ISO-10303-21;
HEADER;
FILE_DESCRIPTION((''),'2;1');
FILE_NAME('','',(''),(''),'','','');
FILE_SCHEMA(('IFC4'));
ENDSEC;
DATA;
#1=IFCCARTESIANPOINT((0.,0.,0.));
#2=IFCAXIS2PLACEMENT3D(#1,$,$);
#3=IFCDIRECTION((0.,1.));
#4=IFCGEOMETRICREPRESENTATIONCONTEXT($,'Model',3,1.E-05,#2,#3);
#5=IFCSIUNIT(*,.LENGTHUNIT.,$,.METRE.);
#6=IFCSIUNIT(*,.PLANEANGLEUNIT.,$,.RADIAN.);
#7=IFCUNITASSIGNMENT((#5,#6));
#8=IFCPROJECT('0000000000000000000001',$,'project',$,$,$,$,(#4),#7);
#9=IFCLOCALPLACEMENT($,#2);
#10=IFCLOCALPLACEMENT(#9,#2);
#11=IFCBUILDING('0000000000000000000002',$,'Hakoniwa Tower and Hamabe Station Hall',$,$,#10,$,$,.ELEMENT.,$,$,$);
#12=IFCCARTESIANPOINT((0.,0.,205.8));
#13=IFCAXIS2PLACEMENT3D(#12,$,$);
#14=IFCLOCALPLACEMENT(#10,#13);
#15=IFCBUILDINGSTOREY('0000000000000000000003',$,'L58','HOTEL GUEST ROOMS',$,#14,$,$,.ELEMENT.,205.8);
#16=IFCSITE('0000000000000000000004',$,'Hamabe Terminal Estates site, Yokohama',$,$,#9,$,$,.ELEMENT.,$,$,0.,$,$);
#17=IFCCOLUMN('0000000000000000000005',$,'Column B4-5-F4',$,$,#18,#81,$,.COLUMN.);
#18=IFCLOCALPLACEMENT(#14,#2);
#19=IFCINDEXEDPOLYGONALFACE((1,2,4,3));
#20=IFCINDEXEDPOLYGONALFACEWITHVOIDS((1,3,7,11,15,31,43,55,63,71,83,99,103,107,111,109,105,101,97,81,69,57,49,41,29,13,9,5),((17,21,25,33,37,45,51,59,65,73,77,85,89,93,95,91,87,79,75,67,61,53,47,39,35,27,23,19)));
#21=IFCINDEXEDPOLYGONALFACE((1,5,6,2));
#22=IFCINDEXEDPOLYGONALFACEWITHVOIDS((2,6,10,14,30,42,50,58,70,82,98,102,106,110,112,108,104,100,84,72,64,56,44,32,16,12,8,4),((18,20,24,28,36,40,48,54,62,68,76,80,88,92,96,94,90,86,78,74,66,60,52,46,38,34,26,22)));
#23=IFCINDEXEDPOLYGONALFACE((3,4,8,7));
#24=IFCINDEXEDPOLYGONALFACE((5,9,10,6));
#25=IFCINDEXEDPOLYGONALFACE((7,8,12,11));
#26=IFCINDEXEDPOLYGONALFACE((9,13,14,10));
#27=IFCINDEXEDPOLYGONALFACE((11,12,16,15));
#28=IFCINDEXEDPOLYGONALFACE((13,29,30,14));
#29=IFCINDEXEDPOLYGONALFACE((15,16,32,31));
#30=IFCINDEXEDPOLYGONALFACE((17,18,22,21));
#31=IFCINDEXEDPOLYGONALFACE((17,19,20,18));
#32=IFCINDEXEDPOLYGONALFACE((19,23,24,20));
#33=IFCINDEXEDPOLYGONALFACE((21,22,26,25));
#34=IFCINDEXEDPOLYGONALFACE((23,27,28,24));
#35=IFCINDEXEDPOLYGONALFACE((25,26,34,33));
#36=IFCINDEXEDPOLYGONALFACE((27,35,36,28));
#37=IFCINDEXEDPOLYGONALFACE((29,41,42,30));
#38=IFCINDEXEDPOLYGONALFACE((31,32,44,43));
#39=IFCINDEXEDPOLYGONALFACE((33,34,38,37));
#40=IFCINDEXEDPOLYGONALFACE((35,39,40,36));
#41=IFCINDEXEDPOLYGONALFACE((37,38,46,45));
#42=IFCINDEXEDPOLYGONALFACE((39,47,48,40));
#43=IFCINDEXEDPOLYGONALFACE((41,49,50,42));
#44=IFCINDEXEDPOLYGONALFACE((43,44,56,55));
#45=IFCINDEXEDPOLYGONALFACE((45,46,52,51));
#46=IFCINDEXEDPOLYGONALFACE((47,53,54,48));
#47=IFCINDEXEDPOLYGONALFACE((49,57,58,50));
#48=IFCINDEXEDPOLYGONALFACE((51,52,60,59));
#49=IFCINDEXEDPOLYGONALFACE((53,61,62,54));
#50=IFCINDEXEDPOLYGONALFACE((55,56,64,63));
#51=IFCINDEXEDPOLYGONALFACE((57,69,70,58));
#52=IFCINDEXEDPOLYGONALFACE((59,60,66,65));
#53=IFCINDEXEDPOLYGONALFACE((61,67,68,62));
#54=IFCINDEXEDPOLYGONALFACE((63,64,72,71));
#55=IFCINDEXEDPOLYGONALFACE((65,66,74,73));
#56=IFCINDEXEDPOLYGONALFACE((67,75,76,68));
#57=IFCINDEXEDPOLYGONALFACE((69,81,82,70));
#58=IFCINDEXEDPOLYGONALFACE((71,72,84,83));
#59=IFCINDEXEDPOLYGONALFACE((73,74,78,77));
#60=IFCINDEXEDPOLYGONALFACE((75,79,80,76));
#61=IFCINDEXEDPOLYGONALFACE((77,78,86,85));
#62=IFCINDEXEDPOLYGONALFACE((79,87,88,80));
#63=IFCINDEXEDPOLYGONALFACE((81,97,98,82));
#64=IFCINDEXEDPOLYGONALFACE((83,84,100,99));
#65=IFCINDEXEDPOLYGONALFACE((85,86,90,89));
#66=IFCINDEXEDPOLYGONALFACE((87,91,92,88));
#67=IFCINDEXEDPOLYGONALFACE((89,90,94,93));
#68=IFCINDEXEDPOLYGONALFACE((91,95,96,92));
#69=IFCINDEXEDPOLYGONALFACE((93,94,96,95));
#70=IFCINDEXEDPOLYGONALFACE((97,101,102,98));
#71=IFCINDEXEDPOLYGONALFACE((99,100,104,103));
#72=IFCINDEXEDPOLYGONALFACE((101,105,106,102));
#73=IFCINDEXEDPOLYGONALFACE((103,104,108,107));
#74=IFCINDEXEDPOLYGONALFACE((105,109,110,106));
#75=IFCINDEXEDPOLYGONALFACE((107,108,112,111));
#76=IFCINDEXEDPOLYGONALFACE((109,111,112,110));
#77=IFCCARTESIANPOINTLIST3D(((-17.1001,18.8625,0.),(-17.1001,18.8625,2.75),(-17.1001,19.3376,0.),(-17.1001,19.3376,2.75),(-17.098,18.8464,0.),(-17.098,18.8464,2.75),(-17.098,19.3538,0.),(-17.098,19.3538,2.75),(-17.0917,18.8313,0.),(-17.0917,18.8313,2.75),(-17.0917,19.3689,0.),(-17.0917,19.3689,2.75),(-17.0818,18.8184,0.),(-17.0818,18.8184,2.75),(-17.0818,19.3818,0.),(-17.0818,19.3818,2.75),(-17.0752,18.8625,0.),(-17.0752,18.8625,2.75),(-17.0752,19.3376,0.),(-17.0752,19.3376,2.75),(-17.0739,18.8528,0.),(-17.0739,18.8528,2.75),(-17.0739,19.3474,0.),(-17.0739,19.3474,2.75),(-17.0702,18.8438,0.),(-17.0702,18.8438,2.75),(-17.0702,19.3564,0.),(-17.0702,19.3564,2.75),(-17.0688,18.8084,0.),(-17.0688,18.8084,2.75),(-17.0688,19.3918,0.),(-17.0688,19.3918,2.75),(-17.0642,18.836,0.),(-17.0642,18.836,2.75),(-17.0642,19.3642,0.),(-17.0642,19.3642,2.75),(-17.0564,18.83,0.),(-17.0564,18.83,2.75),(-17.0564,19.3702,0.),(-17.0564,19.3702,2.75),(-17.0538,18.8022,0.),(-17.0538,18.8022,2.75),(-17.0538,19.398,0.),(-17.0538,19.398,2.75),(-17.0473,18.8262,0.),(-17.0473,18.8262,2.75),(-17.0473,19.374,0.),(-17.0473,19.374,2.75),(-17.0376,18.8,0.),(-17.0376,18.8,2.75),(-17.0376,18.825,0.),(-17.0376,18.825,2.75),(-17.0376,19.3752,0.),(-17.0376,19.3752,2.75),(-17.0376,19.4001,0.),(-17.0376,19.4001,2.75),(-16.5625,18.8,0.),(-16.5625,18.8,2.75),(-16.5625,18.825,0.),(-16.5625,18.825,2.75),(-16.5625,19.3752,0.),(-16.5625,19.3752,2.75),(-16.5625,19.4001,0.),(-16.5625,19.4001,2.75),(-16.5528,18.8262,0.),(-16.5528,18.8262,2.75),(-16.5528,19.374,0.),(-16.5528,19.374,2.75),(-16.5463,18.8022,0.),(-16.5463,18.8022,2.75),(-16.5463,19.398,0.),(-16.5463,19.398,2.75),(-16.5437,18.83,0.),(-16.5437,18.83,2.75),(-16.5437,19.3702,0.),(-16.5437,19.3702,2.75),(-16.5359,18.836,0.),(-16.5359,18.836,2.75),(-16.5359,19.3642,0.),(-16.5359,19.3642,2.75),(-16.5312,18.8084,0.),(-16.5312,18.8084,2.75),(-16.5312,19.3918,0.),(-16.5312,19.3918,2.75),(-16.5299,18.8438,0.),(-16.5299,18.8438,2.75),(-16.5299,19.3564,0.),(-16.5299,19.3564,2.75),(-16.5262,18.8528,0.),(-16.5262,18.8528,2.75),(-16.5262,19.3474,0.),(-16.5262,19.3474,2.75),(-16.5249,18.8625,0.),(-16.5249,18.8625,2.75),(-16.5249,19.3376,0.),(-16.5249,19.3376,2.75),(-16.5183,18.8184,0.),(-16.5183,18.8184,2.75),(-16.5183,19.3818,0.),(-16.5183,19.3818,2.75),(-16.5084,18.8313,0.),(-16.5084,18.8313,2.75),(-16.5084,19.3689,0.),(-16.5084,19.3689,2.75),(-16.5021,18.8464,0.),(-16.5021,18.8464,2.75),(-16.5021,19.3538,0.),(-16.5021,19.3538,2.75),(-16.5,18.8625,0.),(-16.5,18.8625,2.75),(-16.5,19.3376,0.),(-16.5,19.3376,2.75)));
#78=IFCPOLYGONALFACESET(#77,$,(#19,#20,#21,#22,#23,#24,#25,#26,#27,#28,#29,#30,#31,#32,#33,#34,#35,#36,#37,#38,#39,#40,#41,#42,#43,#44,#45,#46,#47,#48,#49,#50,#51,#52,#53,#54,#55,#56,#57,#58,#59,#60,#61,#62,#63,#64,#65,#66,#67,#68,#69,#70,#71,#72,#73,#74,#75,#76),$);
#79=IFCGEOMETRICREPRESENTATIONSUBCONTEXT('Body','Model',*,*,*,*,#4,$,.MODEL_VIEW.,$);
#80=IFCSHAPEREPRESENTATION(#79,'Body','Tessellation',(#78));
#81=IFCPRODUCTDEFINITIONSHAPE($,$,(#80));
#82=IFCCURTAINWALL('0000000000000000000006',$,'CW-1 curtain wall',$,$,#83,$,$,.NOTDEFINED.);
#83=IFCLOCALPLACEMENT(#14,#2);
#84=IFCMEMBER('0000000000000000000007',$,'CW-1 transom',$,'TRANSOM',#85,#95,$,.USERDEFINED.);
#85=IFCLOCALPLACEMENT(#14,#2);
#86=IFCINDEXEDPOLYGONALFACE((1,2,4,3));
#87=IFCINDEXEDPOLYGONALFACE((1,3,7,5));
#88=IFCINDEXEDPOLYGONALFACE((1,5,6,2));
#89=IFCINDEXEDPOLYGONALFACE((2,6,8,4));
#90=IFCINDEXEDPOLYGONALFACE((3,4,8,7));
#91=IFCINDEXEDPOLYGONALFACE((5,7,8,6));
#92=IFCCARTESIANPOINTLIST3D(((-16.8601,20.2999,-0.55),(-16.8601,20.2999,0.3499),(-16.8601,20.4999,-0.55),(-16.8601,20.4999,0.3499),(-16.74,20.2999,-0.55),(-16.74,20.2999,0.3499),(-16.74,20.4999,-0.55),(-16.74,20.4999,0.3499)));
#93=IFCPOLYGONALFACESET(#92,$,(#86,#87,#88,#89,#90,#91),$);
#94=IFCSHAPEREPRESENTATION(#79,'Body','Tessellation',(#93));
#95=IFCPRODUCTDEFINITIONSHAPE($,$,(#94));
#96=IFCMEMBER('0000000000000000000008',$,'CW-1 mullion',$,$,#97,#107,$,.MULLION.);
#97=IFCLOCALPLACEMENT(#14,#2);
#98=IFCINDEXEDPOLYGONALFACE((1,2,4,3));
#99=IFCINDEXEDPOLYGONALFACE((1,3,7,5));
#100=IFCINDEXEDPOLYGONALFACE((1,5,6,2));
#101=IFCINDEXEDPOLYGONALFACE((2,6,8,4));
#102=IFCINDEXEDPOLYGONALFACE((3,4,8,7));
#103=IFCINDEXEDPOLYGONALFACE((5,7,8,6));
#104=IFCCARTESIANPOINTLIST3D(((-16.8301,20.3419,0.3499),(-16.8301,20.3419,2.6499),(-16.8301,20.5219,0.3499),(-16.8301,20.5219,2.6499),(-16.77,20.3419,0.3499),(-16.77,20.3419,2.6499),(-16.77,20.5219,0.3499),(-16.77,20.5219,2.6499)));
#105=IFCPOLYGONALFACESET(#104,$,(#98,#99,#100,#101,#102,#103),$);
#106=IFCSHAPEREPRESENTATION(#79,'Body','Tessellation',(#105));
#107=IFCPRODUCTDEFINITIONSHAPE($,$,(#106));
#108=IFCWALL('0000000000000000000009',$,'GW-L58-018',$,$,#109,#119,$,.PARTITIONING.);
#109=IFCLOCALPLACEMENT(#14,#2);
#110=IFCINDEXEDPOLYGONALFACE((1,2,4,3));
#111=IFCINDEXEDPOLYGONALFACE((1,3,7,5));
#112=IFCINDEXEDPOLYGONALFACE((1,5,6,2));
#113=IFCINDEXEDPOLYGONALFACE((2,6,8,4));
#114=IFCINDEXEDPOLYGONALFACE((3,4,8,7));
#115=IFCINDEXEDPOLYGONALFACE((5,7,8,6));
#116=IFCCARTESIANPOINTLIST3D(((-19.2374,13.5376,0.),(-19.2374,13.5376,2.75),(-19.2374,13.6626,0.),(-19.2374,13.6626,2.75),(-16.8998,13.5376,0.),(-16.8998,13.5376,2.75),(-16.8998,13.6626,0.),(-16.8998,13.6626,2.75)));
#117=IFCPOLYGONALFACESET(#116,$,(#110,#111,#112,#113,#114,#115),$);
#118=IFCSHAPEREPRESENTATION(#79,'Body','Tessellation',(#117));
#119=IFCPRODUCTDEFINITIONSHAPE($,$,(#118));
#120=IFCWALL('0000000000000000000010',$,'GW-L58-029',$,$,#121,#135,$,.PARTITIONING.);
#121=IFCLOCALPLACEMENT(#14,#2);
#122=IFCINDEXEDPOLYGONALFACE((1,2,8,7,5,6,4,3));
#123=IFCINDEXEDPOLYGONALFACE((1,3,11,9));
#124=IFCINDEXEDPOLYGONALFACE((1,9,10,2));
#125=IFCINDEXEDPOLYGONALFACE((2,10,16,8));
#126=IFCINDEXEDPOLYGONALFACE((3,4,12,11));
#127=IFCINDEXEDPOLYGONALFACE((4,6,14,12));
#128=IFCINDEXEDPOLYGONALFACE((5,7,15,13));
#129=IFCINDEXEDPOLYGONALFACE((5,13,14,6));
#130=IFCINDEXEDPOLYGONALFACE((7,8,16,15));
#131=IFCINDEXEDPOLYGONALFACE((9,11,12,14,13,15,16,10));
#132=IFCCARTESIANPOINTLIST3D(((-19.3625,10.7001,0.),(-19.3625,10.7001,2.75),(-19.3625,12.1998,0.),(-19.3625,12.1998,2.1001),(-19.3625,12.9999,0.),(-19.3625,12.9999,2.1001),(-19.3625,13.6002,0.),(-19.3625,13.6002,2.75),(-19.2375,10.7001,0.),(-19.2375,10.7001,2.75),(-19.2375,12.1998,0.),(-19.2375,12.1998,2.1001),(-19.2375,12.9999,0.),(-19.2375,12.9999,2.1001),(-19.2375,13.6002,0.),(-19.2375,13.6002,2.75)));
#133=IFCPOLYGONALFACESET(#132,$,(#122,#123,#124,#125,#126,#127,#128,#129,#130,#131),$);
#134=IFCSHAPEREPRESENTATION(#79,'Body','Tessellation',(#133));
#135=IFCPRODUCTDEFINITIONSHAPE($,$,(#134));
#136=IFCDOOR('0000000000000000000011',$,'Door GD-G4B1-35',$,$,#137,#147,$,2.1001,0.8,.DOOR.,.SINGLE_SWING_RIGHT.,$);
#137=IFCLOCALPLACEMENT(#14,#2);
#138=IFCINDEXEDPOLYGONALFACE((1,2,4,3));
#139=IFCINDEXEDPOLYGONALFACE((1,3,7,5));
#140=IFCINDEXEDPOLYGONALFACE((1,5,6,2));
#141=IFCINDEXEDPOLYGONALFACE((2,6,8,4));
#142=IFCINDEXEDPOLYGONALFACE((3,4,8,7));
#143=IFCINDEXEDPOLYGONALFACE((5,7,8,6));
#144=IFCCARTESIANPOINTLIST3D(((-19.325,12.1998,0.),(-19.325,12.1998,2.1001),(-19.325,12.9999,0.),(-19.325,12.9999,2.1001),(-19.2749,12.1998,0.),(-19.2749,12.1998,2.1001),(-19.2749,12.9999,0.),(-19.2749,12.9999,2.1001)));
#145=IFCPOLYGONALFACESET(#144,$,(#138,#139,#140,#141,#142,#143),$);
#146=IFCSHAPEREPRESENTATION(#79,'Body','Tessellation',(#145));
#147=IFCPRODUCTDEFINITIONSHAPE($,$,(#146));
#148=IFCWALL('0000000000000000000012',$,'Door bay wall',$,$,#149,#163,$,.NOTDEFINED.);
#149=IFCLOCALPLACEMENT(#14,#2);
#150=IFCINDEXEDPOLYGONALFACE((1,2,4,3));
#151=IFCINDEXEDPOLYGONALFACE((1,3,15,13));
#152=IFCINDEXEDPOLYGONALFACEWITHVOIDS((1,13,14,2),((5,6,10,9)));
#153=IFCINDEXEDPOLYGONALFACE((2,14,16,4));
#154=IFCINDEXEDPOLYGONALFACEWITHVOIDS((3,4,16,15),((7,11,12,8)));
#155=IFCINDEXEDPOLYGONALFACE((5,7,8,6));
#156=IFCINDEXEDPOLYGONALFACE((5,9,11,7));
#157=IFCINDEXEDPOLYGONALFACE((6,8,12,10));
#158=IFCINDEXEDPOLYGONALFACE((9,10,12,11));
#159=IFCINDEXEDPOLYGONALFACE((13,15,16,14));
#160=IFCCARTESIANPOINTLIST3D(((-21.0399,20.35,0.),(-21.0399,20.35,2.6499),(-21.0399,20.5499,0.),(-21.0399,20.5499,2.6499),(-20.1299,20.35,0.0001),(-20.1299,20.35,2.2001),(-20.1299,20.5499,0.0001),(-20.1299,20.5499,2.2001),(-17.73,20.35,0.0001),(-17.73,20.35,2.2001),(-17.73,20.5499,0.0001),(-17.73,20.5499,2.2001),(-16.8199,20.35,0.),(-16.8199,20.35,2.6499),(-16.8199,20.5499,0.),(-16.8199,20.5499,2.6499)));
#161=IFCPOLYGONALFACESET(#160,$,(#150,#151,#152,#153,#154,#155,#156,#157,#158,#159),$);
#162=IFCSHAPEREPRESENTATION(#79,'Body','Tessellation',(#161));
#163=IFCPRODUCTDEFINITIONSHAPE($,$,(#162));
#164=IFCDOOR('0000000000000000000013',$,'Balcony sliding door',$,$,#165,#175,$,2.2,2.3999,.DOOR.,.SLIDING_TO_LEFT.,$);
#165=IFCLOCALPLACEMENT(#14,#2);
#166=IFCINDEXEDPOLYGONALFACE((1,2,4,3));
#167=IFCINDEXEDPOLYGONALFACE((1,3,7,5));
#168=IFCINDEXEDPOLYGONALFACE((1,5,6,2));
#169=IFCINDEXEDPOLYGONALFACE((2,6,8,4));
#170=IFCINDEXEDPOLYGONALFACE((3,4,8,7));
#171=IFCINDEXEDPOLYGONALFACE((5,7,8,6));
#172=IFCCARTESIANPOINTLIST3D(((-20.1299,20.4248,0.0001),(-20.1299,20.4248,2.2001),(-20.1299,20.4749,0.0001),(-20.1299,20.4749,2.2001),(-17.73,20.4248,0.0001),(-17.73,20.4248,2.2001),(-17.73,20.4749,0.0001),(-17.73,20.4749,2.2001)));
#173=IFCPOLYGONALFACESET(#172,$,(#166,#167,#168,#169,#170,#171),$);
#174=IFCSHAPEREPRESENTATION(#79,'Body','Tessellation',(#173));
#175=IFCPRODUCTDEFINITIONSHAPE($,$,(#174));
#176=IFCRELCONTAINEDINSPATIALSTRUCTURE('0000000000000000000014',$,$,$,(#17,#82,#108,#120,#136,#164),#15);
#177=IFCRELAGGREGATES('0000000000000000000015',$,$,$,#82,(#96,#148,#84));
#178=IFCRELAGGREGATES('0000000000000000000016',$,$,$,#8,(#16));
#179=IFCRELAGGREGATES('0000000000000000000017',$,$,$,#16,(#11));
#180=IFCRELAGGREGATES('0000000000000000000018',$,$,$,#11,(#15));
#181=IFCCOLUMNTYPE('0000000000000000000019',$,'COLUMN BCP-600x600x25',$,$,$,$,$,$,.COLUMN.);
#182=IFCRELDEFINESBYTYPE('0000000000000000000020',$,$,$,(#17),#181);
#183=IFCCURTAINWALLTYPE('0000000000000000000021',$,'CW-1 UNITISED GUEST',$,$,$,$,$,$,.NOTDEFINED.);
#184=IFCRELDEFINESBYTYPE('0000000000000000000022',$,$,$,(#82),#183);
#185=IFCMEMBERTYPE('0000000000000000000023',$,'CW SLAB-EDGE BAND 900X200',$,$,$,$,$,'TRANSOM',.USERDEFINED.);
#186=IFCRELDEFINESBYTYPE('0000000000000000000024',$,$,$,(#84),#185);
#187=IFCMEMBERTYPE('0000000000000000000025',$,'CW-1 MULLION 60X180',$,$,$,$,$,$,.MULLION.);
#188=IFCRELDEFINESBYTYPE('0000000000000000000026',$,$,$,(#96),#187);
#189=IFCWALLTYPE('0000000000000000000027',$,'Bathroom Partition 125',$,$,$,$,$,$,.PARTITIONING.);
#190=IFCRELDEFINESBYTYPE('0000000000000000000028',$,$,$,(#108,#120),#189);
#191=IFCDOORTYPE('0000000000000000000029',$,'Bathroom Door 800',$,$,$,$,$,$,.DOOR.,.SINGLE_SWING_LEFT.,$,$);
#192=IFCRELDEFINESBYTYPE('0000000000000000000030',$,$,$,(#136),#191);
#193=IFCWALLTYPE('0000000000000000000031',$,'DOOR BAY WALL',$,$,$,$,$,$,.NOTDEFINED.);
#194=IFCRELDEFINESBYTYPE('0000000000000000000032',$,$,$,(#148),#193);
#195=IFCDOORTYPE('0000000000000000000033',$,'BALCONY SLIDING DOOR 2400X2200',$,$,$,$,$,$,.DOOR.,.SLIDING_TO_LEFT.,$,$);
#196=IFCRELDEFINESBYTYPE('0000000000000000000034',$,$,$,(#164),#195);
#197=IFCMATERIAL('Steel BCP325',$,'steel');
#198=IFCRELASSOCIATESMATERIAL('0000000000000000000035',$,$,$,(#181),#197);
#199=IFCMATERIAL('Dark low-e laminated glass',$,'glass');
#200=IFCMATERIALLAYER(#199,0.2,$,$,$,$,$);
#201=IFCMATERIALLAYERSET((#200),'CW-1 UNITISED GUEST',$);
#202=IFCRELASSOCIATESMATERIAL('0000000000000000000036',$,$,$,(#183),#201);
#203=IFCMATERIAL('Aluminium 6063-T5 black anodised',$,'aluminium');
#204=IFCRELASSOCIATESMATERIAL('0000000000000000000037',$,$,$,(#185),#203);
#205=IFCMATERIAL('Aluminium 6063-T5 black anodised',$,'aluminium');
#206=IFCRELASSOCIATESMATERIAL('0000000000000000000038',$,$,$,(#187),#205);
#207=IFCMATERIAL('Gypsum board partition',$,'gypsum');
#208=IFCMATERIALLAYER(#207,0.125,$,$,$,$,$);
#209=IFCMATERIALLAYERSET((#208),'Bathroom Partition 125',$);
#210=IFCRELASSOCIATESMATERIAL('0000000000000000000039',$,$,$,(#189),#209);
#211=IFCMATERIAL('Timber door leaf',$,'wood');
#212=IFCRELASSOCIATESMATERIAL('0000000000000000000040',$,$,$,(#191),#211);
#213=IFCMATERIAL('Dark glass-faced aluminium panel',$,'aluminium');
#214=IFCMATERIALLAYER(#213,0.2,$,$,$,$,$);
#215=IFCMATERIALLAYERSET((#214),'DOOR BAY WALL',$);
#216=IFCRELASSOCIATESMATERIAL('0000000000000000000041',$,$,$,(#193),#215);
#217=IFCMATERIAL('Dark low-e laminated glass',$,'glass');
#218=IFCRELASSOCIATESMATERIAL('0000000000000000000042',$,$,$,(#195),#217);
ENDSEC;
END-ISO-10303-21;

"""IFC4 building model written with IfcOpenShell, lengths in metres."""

from ifc_helpers import new_model, si_unit, direction, frame, frame_2d, origin, origin_2d, place, context, subcontext, project, spatial, rectangle, hollow_rectangle, extrude, material, layer, layer_set, material_profile, profile_set, type_object, element, fill, aggregate, save


model = new_model("IFC4")

# Units and contexts
model_context = context("Model", 3, precision=1e-05, world=origin(), true_north=direction((0.0, 1.0)))
body_context = subcontext(model_context, "Body", "Model", "MODEL_VIEW")
ifc_project = project(units=[si_unit("LENGTHUNIT", "METRE"), si_unit("PLANEANGLEUNIT", "RADIAN")], contexts=[model_context])

# Site, building, storey
site_placement = place(None, origin())
site = spatial("IfcSite", under=ifc_project, at=site_placement, Name="Hamabe Terminal Estates site, Yokohama", CompositionType="ELEMENT", RefElevation=0.0)
building_placement = place(site_placement, origin())
building = spatial("IfcBuilding", under=site, at=building_placement, Name="Hakoniwa Tower and Hamabe Station Hall", CompositionType="ELEMENT")
storey_placement = place(building_placement, frame((0.0, 0.0, 205.8)))
storey = spatial("IfcBuildingStorey", under=building, at=storey_placement, Name="L58", Description="HOTEL GUEST ROOMS", CompositionType="ELEMENT", Elevation=205.8)

# Column
ifc_material_1 = material(Name="Steel BCP325", Category="steel")
ifc_material_profile_1 = material_profile(ifc_material_1, hollow_rectangle(XDim=0.6001, YDim=0.6001, WallThickness=0.0249, InnerFilletRadius=0.0376, OuterFilletRadius=0.0625, at=origin_2d()), Name="BCP-600x600x25")
ifc_profile_set_1 = profile_set([ifc_material_profile_1], Name="Steel BCP325")
column_type = type_object("IfcColumnType", Name="COLUMN BCP-600x600x25", PredefinedType="COLUMN", material=ifc_profile_set_1)
column_placement = place(storey_placement, frame((-16.8, 19.1001, 0.0), z_axis=(0.0, 0.0, 1.0), x_axis=(1.0, 0.0, 0.0)))
element("IfcColumn", 1, at=column_placement, inside=storey, type_object=column_type, Name="Column B4-5-F4", PredefinedType="COLUMN", context=body_context, shape_type="SweptSolid", body=[
    extrude(hollow_rectangle(XDim=0.6001, YDim=0.6001, WallThickness=0.0249, InnerFilletRadius=0.0376, OuterFilletRadius=0.0625, at=origin_2d()), origin(), (0.0, 0.0, 1.0), 2.75),
])

# Curtain wall, members
ifc_material_2 = material(Name="Dark low-e laminated glass", Category="glass")
ifc_layer_1 = layer(ifc_material_2, 0.2)
ifc_layer_set_1 = layer_set([ifc_layer_1], Name="CW-1 UNITISED GUEST")
curtain_wall_type = type_object("IfcCurtainWallType", Name="CW-1 UNITISED GUEST", PredefinedType="NOTDEFINED", material=ifc_layer_set_1)
curtain_wall_placement = place(storey_placement, origin())
curtain_wall = element("IfcCurtainWall", 2, at=curtain_wall_placement, inside=storey, type_object=curtain_wall_type, Name="CW-1 curtain wall", PredefinedType="NOTDEFINED")
ifc_material_3 = material(Name="Aluminium 6063-T5 black anodised", Category="aluminium")
ifc_material_profile_2 = material_profile(ifc_material_3, rectangle(XDim=0.2, YDim=0.8999, at=origin_2d()), Name="CW SLAB-EDGE BAND 900X200")
ifc_profile_set_2 = profile_set([ifc_material_profile_2], Name="Aluminium 6063-T5 black anodised")
member_type_1 = type_object("IfcMemberType", Name="CW SLAB-EDGE BAND 900X200", ElementType="TRANSOM", PredefinedType="USERDEFINED", material=ifc_profile_set_2)
member_1_placement = place(storey_placement, frame((-16.74, 20.3999, -0.1001), z_axis=(-1.0, 0.0, 0.0), x_axis=(0.0, -1.0, 0.0)))
member_1 = element("IfcMember", 3, at=member_1_placement, type_object=member_type_1, Name="CW-1 transom", ObjectType="TRANSOM", PredefinedType="USERDEFINED", context=body_context, shape_type="SweptSolid", body=[
    extrude(rectangle(XDim=0.2, YDim=0.8999, at=origin_2d()), origin(), (0.0, 0.0, 1.0), 0.1201),
])
ifc_material_4 = material(Name="Aluminium 6063-T5 black anodised", Category="aluminium")
ifc_material_profile_3 = material_profile(ifc_material_4, rectangle(XDim=0.0601, YDim=0.1799, at=origin_2d()), Name="CW-1 MULLION 60X180")
ifc_profile_set_3 = profile_set([ifc_material_profile_3], Name="Aluminium 6063-T5 black anodised")
member_type_2 = type_object("IfcMemberType", Name="CW-1 MULLION 60X180", PredefinedType="MULLION", material=ifc_profile_set_3)
member_2_placement = place(storey_placement, frame((-16.8, 20.4319, 0.3499), z_axis=(0.0, 0.0, 1.0), x_axis=(-1.0, 0.0, 0.0)))
member_2 = element("IfcMember", 4, at=member_2_placement, type_object=member_type_2, Name="CW-1 mullion", PredefinedType="MULLION", context=body_context, shape_type="SweptSolid", body=[
    extrude(rectangle(XDim=0.0601, YDim=0.1799, at=origin_2d()), origin(), (0.0, 0.0, 1.0), 2.3),
])

# Wall
ifc_material_5 = material(Name="Gypsum board partition", Category="gypsum")
ifc_layer_2 = layer(ifc_material_5, 0.125)
ifc_layer_set_2 = layer_set([ifc_layer_2], Name="Bathroom Partition 125")
wall_type_1 = type_object("IfcWallType", Name="Bathroom Partition 125", PredefinedType="PARTITIONING", material=ifc_layer_set_2)
wall_1_placement = place(storey_placement, frame((-19.2375, 13.6001, 0.0), z_axis=(0.0, 0.0, 1.0), x_axis=(1.0, 0.0, 0.0)))
element("IfcWall", 5, at=wall_1_placement, inside=storey, type_object=wall_type_1, Name="GW-L58-018", PredefinedType="PARTITIONING", context=body_context, shape_type="SweptSolid", body=[
    extrude(rectangle(XDim=2.3376, YDim=0.125, at=frame_2d((1.1689, 0.0))), origin(), (0.0, 0.0, 1.0), 2.75),
])

# Walls, openings, doors
wall_2_placement = place(storey_placement, frame((-19.3, 10.7, 0.0), z_axis=(0.0, 0.0, 1.0), x_axis=(0.0, 1.0, 0.0)))
wall_2 = element("IfcWall", 6, at=wall_2_placement, inside=storey, type_object=wall_type_1, Name="GW-L58-029", PredefinedType="PARTITIONING", context=body_context, shape_type="SweptSolid", body=[
    extrude(rectangle(XDim=2.9001, YDim=0.125, at=frame_2d((1.4502, 0.0))), origin(), (0.0, 0.0, 1.0), 2.75),
])
opening_1_placement = place(wall_2_placement, frame((1.5, 0.0, 0.0)))
opening_1 = element("IfcOpeningElement", 7, at=opening_1_placement, cuts=wall_2, PredefinedType="OPENING", context=body_context, shape_type="SweptSolid", body=[
    extrude(rectangle(XDim=0.8, YDim=2.1001, at=frame_2d((0.3999, 1.05))), frame((0.0, 0.0725, 0.0), z_axis=(0.0, -1.0, 0.0), x_axis=(1.0, 0.0, 0.0)), (0.0, 0.0, 1.0), 0.145),
])
ifc_material_6 = material(Name="Timber door leaf", Category="wood")
door_type_1 = type_object("IfcDoorType", Name="Bathroom Door 800", OperationType="SINGLE_SWING_LEFT", PredefinedType="DOOR", material=ifc_material_6)
door_1_placement = place(opening_1_placement, origin())
door_1 = element("IfcDoor", 8, at=door_1_placement, inside=storey, type_object=door_type_1, Name="Door GD-G4B1-35", OperationType="SINGLE_SWING_RIGHT", OverallHeight=2.1001, OverallWidth=0.8, PredefinedType="DOOR", context=body_context, shape_type="SweptSolid", body=[
    extrude(rectangle(XDim=0.8, YDim=2.1001, at=frame_2d((0.3999, 1.05))), frame((0.0, 0.0249, 0.0), z_axis=(0.0, -1.0, 0.0), x_axis=(1.0, 0.0, 0.0)), (0.0, 0.0, 1.0), 0.05),
])
fill(opening_1, door_1)
ifc_material_7 = material(Name="Dark glass-faced aluminium panel", Category="aluminium")
ifc_layer_3 = layer(ifc_material_7, 0.2)
ifc_layer_set_3 = layer_set([ifc_layer_3], Name="DOOR BAY WALL")
wall_type_2 = type_object("IfcWallType", Name="DOOR BAY WALL", PredefinedType="NOTDEFINED", material=ifc_layer_set_3)
wall_3_placement = place(storey_placement, frame((-16.8201, 20.45, 0.0), z_axis=(0.0, 0.0, 1.0), x_axis=(-1.0, 0.0, 0.0)))
wall_3 = element("IfcWall", 9, at=wall_3_placement, type_object=wall_type_2, Name="Door bay wall", PredefinedType="NOTDEFINED", context=body_context, shape_type="SweptSolid", body=[
    extrude(rectangle(XDim=4.22, YDim=0.2, at=frame_2d((2.1099, 0.0))), origin(), (0.0, 0.0, 1.0), 2.6499),
])
opening_2_placement = place(wall_3_placement, frame((0.9099, 0.0, 0.0)))
opening_2 = element("IfcOpeningElement", 10, at=opening_2_placement, cuts=wall_3, PredefinedType="OPENING", context=body_context, shape_type="SweptSolid", body=[
    extrude(rectangle(XDim=2.3999, YDim=2.2, at=frame_2d((1.2, 1.1001))), frame((0.0, 0.1099, 0.0), z_axis=(0.0, -1.0, 0.0), x_axis=(1.0, 0.0, 0.0)), (0.0, 0.0, 1.0), 0.22),
])
ifc_material_8 = material(Name="Dark low-e laminated glass", Category="glass")
door_type_2 = type_object("IfcDoorType", Name="BALCONY SLIDING DOOR 2400X2200", OperationType="SLIDING_TO_LEFT", PredefinedType="DOOR", material=ifc_material_8)
door_2_placement = place(opening_2_placement, frame((2.3999, 0.0, 0.0), z_axis=(0.0, 0.0, 1.0), x_axis=(-1.0, 0.0, 0.0)))
door_2 = element("IfcDoor", 11, at=door_2_placement, inside=storey, type_object=door_type_2, Name="Balcony sliding door", OperationType="SLIDING_TO_LEFT", OverallHeight=2.2, OverallWidth=2.3999, PredefinedType="DOOR", context=body_context, shape_type="SweptSolid", body=[
    extrude(rectangle(XDim=2.3999, YDim=2.2, at=frame_2d((1.2, 1.1001))), frame((0.0, 0.0249, 0.0), z_axis=(0.0, -1.0, 0.0), x_axis=(1.0, 0.0, 0.0)), (0.0, 0.0, 1.0), 0.05),
])
fill(opening_2, door_2)
aggregate(curtain_wall, [member_2, wall_3, member_1])

save(model, "model.ifc")
